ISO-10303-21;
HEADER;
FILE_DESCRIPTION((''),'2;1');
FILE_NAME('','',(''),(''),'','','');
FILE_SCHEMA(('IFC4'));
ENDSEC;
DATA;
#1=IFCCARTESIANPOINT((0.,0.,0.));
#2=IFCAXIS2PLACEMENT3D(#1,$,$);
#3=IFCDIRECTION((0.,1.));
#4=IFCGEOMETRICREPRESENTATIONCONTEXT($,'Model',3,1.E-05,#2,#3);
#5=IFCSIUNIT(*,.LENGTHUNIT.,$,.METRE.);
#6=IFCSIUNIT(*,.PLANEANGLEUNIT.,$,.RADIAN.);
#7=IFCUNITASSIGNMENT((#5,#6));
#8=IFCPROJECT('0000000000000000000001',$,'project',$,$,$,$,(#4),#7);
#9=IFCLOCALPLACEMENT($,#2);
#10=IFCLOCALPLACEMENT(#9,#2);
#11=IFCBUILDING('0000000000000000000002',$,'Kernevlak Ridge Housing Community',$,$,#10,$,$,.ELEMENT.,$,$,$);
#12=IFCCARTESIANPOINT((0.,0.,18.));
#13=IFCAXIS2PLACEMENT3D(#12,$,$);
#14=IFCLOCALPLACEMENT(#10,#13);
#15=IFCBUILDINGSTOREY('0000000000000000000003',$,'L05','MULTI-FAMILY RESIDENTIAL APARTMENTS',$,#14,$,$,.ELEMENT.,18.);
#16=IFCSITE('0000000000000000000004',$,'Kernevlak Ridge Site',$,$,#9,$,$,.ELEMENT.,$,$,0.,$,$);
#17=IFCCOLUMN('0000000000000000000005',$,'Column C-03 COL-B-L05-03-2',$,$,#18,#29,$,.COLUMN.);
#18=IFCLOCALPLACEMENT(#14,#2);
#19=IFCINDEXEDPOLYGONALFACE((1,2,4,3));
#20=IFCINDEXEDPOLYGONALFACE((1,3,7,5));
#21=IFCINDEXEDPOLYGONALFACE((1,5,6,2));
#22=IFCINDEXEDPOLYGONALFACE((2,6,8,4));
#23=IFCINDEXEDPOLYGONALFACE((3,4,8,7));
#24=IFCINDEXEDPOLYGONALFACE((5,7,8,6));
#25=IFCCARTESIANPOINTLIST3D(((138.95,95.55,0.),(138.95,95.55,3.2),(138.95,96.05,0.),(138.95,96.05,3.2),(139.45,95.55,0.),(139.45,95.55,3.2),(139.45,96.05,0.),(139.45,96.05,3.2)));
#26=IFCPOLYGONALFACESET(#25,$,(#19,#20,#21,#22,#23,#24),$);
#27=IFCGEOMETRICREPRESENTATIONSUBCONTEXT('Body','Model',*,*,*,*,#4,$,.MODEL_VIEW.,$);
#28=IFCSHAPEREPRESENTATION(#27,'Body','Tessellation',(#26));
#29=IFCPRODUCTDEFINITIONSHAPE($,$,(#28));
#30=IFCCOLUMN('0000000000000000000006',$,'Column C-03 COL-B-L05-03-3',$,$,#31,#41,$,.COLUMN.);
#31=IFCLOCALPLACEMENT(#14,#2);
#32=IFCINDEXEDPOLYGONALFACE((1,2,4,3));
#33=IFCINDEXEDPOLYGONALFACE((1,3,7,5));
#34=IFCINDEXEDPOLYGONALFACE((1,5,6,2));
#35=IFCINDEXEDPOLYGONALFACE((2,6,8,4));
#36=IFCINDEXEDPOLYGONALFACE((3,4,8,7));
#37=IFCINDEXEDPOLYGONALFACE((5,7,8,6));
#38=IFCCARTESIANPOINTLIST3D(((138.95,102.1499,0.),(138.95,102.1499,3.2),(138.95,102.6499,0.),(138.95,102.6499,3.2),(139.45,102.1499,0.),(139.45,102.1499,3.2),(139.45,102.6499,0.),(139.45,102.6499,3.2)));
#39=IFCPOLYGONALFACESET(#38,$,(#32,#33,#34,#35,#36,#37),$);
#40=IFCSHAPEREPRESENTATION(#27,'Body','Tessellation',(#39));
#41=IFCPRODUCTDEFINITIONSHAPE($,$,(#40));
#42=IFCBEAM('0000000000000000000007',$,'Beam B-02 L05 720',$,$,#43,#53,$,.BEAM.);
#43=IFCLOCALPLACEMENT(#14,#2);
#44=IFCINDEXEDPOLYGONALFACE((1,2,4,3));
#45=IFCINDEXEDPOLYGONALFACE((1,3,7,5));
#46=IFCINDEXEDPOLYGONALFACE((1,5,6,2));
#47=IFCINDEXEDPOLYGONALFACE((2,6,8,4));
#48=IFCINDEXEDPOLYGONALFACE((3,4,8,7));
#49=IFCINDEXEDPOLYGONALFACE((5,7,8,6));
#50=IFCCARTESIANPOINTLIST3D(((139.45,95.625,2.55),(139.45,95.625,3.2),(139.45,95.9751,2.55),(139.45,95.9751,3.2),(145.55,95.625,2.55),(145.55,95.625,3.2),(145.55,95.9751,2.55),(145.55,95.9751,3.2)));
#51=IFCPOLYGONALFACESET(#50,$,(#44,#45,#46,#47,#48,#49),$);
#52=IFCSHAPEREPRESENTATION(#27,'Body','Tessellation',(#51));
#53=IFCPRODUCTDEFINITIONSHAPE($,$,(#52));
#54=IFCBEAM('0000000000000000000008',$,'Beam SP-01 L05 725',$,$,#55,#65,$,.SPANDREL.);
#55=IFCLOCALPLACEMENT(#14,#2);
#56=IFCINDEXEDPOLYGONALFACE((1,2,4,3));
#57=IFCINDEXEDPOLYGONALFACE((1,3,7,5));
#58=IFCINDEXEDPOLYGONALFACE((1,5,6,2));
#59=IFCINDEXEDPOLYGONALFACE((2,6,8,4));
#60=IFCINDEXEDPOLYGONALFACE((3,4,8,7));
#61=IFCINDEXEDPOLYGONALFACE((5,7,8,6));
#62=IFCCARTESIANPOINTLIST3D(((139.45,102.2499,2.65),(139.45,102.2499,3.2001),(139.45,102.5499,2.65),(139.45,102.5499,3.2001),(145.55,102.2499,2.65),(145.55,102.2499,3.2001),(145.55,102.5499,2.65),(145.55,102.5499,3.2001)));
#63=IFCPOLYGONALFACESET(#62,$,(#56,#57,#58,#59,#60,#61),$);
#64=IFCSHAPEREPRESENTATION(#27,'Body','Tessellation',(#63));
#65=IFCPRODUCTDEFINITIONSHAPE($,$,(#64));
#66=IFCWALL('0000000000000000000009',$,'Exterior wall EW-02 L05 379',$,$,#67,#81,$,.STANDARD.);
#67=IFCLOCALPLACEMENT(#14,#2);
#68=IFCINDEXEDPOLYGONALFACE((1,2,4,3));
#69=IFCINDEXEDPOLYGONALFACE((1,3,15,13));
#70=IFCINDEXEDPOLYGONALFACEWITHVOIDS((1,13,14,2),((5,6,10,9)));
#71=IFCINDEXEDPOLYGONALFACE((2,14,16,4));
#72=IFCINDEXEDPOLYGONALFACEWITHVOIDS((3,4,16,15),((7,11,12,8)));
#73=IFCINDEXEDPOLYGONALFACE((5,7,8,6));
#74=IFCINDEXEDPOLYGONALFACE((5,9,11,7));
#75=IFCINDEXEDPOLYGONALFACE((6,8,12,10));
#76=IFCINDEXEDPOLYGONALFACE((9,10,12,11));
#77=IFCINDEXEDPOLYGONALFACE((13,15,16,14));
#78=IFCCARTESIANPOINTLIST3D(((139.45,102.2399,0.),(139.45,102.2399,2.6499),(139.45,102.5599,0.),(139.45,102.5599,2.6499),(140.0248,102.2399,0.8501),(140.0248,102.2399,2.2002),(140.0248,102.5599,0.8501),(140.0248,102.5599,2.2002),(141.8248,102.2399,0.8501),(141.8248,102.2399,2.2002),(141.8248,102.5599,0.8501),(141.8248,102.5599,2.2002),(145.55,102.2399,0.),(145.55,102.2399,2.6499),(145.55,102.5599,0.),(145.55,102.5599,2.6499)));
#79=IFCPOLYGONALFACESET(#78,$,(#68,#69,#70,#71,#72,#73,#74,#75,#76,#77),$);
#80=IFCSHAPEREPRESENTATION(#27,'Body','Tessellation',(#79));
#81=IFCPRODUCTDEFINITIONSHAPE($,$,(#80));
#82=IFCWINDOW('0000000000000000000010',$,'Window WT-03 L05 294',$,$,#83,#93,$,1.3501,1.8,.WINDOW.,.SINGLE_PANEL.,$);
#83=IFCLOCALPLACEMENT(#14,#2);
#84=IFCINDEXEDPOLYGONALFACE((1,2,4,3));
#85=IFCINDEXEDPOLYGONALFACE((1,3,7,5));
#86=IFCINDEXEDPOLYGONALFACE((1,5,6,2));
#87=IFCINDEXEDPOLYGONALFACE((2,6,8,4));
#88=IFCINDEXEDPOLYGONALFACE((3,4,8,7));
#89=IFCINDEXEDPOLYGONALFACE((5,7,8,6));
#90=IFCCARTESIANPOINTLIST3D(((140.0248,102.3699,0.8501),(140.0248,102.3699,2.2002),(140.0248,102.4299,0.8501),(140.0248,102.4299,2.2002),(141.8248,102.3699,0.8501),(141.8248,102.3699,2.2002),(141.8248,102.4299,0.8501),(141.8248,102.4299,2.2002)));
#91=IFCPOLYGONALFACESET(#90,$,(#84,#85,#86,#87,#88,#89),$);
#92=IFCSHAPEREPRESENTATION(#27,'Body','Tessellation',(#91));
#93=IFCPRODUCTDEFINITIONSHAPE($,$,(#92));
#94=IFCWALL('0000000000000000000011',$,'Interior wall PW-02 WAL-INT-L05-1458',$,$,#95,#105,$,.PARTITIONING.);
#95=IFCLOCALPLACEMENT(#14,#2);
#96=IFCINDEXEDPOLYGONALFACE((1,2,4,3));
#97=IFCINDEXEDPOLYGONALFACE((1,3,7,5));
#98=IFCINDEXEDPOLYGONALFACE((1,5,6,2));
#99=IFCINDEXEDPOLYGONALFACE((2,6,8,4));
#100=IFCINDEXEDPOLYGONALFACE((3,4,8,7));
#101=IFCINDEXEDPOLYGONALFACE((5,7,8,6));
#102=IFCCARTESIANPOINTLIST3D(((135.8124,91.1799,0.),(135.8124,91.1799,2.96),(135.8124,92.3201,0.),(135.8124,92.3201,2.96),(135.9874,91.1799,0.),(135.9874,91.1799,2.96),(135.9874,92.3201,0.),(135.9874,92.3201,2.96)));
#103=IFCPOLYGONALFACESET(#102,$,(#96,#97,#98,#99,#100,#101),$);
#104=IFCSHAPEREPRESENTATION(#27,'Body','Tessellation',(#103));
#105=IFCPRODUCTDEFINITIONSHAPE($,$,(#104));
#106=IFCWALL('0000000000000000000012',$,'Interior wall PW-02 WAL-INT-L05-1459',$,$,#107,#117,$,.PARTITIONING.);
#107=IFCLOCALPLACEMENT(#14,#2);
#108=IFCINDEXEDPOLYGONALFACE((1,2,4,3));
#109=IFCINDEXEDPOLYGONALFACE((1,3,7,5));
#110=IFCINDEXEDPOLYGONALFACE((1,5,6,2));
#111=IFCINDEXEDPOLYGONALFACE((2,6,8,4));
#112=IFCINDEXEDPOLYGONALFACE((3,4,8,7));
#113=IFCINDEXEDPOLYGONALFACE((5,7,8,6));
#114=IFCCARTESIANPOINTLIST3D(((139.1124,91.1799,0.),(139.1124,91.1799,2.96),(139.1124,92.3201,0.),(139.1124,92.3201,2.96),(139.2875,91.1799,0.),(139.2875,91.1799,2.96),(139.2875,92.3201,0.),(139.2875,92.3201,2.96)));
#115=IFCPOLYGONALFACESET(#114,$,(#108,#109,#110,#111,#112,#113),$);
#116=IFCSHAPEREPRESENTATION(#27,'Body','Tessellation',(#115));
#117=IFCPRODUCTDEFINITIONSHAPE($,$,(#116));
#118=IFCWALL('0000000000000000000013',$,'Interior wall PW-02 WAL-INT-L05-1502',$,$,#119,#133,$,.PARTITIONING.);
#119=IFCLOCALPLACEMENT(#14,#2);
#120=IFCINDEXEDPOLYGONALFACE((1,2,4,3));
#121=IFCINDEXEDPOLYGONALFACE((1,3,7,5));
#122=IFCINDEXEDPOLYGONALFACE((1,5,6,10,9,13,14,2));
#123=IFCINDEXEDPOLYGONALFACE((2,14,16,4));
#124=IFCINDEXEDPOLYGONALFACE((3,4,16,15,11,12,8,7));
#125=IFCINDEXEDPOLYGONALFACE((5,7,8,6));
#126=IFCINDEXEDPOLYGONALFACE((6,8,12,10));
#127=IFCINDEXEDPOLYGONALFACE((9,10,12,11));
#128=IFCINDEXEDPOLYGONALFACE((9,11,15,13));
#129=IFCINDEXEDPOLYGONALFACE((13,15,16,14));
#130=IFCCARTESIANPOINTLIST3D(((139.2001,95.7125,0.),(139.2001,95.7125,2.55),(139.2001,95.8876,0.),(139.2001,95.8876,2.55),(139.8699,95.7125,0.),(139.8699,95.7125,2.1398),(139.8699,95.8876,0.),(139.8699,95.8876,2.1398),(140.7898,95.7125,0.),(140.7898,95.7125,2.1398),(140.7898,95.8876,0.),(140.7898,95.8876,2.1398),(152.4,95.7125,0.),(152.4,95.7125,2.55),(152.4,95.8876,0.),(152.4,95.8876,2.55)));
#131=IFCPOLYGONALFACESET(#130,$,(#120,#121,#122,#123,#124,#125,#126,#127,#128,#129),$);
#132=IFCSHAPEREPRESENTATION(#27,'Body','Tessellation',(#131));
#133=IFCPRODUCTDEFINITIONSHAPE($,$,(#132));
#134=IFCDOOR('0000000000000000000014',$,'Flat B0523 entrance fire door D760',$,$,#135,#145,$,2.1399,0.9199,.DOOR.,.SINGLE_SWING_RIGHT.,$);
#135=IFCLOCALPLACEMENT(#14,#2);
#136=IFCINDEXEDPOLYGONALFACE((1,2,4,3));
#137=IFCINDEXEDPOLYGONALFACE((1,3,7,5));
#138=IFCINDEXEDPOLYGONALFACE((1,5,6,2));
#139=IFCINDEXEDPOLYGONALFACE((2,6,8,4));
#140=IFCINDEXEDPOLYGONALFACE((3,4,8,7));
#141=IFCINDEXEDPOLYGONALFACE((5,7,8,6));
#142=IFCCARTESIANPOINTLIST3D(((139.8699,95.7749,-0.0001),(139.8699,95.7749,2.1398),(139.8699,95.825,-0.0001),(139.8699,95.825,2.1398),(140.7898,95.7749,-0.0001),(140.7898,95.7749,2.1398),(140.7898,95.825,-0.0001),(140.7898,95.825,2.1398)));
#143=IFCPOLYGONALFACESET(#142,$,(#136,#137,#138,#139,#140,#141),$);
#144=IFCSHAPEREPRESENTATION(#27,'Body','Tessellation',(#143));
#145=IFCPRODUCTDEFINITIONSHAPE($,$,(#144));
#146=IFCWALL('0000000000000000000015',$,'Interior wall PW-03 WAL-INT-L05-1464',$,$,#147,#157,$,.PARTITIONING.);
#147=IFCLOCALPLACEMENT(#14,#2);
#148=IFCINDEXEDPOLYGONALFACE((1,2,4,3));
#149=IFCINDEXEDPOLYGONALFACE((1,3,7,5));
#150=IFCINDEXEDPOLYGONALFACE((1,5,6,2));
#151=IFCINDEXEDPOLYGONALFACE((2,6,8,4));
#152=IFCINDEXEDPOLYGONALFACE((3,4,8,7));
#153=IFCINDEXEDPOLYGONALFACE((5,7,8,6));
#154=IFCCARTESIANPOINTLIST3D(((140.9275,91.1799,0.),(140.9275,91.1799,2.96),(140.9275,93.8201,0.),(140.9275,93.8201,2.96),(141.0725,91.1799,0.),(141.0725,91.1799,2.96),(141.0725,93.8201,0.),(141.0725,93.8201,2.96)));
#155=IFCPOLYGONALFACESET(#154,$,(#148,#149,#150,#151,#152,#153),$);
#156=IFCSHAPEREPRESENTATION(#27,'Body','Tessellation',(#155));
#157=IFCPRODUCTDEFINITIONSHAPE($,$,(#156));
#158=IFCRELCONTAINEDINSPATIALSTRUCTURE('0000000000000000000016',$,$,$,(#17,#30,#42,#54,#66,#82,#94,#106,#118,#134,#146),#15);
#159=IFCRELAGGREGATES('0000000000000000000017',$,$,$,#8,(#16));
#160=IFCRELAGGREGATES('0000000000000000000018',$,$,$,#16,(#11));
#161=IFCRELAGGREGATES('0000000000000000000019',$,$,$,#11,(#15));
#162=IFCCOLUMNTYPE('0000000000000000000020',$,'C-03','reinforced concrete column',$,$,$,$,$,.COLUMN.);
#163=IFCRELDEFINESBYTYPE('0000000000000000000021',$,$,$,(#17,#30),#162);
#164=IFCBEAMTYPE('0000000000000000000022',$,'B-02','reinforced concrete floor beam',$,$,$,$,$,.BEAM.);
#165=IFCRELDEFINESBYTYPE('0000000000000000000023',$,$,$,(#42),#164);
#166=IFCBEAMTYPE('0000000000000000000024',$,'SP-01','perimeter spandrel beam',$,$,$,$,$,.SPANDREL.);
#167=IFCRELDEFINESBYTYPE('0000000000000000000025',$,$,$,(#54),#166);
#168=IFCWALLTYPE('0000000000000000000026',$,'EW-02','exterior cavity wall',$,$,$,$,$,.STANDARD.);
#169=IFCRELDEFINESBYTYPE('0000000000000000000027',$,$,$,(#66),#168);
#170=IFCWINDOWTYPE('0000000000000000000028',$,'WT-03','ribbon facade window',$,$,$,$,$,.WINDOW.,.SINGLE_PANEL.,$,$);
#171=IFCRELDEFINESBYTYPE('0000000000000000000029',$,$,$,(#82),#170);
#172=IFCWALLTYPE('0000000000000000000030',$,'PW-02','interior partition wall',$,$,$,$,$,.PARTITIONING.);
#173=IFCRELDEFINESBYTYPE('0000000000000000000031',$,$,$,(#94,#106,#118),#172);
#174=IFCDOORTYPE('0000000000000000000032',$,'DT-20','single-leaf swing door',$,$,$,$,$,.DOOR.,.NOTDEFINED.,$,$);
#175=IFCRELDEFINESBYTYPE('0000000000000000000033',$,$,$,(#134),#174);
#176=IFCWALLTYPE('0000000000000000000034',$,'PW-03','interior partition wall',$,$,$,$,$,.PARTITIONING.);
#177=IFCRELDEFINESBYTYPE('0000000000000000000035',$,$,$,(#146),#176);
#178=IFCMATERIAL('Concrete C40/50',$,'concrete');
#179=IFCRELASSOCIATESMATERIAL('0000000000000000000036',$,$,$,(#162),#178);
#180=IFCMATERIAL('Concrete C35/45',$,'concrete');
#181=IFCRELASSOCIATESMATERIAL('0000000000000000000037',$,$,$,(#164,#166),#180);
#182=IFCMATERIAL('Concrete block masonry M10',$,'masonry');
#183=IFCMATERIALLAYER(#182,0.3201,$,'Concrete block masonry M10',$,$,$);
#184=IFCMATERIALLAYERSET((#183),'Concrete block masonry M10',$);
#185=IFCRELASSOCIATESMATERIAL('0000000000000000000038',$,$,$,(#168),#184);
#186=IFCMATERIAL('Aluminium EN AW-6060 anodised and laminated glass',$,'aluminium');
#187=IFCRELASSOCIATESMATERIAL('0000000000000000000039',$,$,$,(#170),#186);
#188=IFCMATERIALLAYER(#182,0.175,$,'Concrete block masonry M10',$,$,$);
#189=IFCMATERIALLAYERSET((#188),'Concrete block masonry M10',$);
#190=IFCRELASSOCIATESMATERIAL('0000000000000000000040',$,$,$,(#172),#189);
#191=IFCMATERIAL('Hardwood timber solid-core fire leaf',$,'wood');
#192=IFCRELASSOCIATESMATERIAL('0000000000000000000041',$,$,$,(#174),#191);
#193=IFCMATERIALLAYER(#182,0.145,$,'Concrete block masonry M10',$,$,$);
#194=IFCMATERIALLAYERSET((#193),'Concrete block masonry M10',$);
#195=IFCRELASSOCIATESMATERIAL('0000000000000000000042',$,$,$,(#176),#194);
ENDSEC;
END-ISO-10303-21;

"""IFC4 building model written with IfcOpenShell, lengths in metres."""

from ifc_helpers import new_model, si_unit, direction, frame, frame_2d, origin, origin_2d, place, context, subcontext, project, spatial, rectangle, extrude, material, layer, layer_set, material_profile, profile_set, type_object, element, fill, save


model = new_model("IFC4")

# Units and contexts
model_context = context("Model", 3, precision=1e-05, world=origin(), true_north=direction((0.0, 1.0)))
body_context = subcontext(model_context, "Body", "Model", "MODEL_VIEW")
ifc_project = project(units=[si_unit("LENGTHUNIT", "METRE"), si_unit("PLANEANGLEUNIT", "RADIAN")], contexts=[model_context])

# Site, building, storey
site_placement = place(None, origin())
site = spatial("IfcSite", under=ifc_project, at=site_placement, Name="Kernevlak Ridge Site", CompositionType="ELEMENT", RefElevation=0.0)
building_placement = place(site_placement, origin())
building = spatial("IfcBuilding", under=site, at=building_placement, Name="Kernevlak Ridge Housing Community", CompositionType="ELEMENT")
storey_placement = place(building_placement, frame((0.0, 0.0, 18.0)))
storey = spatial("IfcBuildingStorey", under=building, at=storey_placement, Name="L05", Description="MULTI-FAMILY RESIDENTIAL APARTMENTS", CompositionType="ELEMENT", Elevation=18.0)

# Columns
ifc_material_1 = material(Name="Concrete C40/50", Category="concrete")
ifc_material_profile_1 = material_profile(ifc_material_1, rectangle(XDim=0.5, YDim=0.5, at=origin_2d()), Name="RC 500x500")
ifc_profile_set_1 = profile_set([ifc_material_profile_1], Name="Concrete C40/50")
column_type = type_object("IfcColumnType", Name="C-03", Description="reinforced concrete column", PredefinedType="COLUMN", material=ifc_profile_set_1)
for number, where, z_axis, x_axis, name in (
    (1, (139.2, 95.8, 0.0), (0.0, 0.0, 1.0), (1.0, 0.0, 0.0), "Column C-03 COL-B-L05-03-2"),
    (2, (139.2, 102.3999, 0.0), (0.0, 0.0, 1.0), (1.0, 0.0, 0.0), "Column C-03 COL-B-L05-03-3"),
):
    element("IfcColumn", number, at=place(storey_placement, frame(where, z_axis=z_axis, x_axis=x_axis)), inside=storey, type_object=column_type, Name=name, PredefinedType="COLUMN", context=body_context, shape_type="SweptSolid", body=[
        extrude(rectangle(XDim=0.5, YDim=0.5, at=origin_2d()), origin(), (0.0, 0.0, 1.0), 3.2),
    ])

# Beams
ifc_material_2 = material(Name="Concrete C35/45", Category="concrete")
ifc_material_profile_2 = material_profile(ifc_material_2, rectangle(XDim=0.3501, YDim=0.6499, at=origin_2d()), Name="RC 350x650")
ifc_profile_set_2 = profile_set([ifc_material_profile_2], Name="Concrete C35/45")
beam_type_1 = type_object("IfcBeamType", Name="B-02", Description="reinforced concrete floor beam", PredefinedType="BEAM", material=ifc_profile_set_2)
beam_1_placement = place(storey_placement, frame((139.45, 95.8, 2.875), z_axis=(1.0, 0.0, 0.0), x_axis=(0.0, 1.0, 0.0)))
element("IfcBeam", 3, at=beam_1_placement, inside=storey, type_object=beam_type_1, Name="Beam B-02 L05 720", PredefinedType="BEAM", context=body_context, shape_type="SweptSolid", body=[
    extrude(rectangle(XDim=0.3501, YDim=0.6499, at=origin_2d()), origin(), (0.0, 0.0, 1.0), 6.1001),
])
ifc_material_profile_3 = material_profile(ifc_material_2, rectangle(XDim=0.3, YDim=0.55, at=origin_2d()), Name="RC 300x550")
ifc_profile_set_3 = profile_set([ifc_material_profile_3], Name="Concrete C35/45")
beam_type_2 = type_object("IfcBeamType", Name="SP-01", Description="perimeter spandrel beam", PredefinedType="SPANDREL", material=ifc_profile_set_3)
beam_2_placement = place(storey_placement, frame((139.45, 102.3999, 2.925), z_axis=(1.0, 0.0, 0.0), x_axis=(0.0, 1.0, 0.0)))
element("IfcBeam", 4, at=beam_2_placement, inside=storey, type_object=beam_type_2, Name="Beam SP-01 L05 725", PredefinedType="SPANDREL", context=body_context, shape_type="SweptSolid", body=[
    extrude(rectangle(XDim=0.3, YDim=0.55, at=origin_2d()), origin(), (0.0, 0.0, 1.0), 6.1001),
])

# Wall, opening, window
ifc_material_3 = material(Name="Concrete block masonry M10", Category="masonry")
ifc_layer_1 = layer(ifc_material_3, 0.3201, Name="Concrete block masonry M10")
ifc_layer_set_1 = layer_set([ifc_layer_1], Name="Concrete block masonry M10")
wall_type_1 = type_object("IfcWallType", Name="EW-02", Description="exterior cavity wall", PredefinedType="STANDARD", material=ifc_layer_set_1)
wall_1_placement = place(storey_placement, frame((139.45, 102.3999, 0.0), z_axis=(0.0, 0.0, 1.0), x_axis=(1.0, 0.0, 0.0)))
wall_1 = element("IfcWall", 5, at=wall_1_placement, inside=storey, type_object=wall_type_1, Name="Exterior wall EW-02 L05 379", PredefinedType="STANDARD", context=body_context, shape_type="SweptSolid", body=[
    extrude(rectangle(XDim=6.1001, YDim=0.3201, at=frame_2d((3.05, 0.0))), origin(), (0.0, 0.0, 1.0), 2.6499),
])
opening_1_placement = place(wall_1_placement, frame((0.575, 0.0, 0.8501)))
opening_1 = element("IfcOpeningElement", 6, at=opening_1_placement, cuts=wall_1, PredefinedType="OPENING", context=body_context, shape_type="SweptSolid", body=[
    extrude(rectangle(XDim=1.8, YDim=1.3501, at=frame_2d((0.8999, 0.675))), frame((0.0, 0.1699, 0.0), z_axis=(0.0, -1.0, 0.0), x_axis=(1.0, 0.0, 0.0)), (0.0, 0.0, 1.0), 0.3401),
])
ifc_material_4 = material(Name="Aluminium EN AW-6060 anodised and laminated glass", Category="aluminium")
window_type = type_object("IfcWindowType", Name="WT-03", Description="ribbon facade window", PartitioningType="SINGLE_PANEL", PredefinedType="WINDOW", material=ifc_material_4)
window_placement = place(opening_1_placement, origin())
window = element("IfcWindow", 7, at=window_placement, inside=storey, type_object=window_type, Name="Window WT-03 L05 294", OverallHeight=1.3501, OverallWidth=1.8, PartitioningType="SINGLE_PANEL", PredefinedType="WINDOW", context=body_context, shape_type="SweptSolid", body=[
    extrude(rectangle(XDim=1.8, YDim=1.3501, at=frame_2d((0.8999, 0.675))), frame((0.0, 0.03, 0.0), z_axis=(0.0, -1.0, 0.0), x_axis=(1.0, 0.0, 0.0)), (0.0, 0.0, 1.0), 0.0601),
])
fill(opening_1, window)

# Walls
ifc_layer_2 = layer(ifc_material_3, 0.175, Name="Concrete block masonry M10")
ifc_layer_set_2 = layer_set([ifc_layer_2], Name="Concrete block masonry M10")
wall_type_2 = type_object("IfcWallType", Name="PW-02", Description="interior partition wall", PredefinedType="PARTITIONING", material=ifc_layer_set_2)
for number, where, z_axis, x_axis, name in (
    (8, (135.8999, 91.1799, 0.0), (0.0, 0.0, 1.0), (0.0, 1.0, 0.0), "Interior wall PW-02 WAL-INT-L05-1458"),
    (9, (139.2, 91.1799, 0.0), (0.0, 0.0, 1.0), (0.0, 1.0, 0.0), "Interior wall PW-02 WAL-INT-L05-1459"),
):
    element("IfcWall", number, at=place(storey_placement, frame(where, z_axis=z_axis, x_axis=x_axis)), inside=storey, type_object=wall_type_2, Name=name, PredefinedType="PARTITIONING", context=body_context, shape_type="SweptSolid", body=[
        extrude(rectangle(XDim=1.1401, YDim=0.175, at=frame_2d((0.5701, 0.0))), origin(), (0.0, 0.0, 1.0), 2.96),
    ])

# Wall, opening, door
wall_2_placement = place(storey_placement, frame((139.2, 95.8, 0.0), z_axis=(0.0, 0.0, 1.0), x_axis=(1.0, 0.0, 0.0)))
wall_2 = element("IfcWall", 10, at=wall_2_placement, inside=storey, type_object=wall_type_2, Name="Interior wall PW-02 WAL-INT-L05-1502", PredefinedType="PARTITIONING", context=body_context, shape_type="SweptSolid", body=[
    extrude(rectangle(XDim=13.2, YDim=0.175, at=frame_2d((6.6001, 0.0))), origin(), (0.0, 0.0, 1.0), 2.55),
])
opening_2_placement = place(wall_2_placement, frame((0.6699, 0.0, 0.0)))
opening_2 = element("IfcOpeningElement", 11, at=opening_2_placement, cuts=wall_2, PredefinedType="OPENING", context=body_context, shape_type="SweptSolid", body=[
    extrude(rectangle(XDim=0.9199, YDim=2.1399, at=frame_2d((0.46, 1.0698))), frame((0.0, 0.0974, 0.0), z_axis=(0.0, -1.0, 0.0), x_axis=(1.0, 0.0, 0.0)), (0.0, 0.0, 1.0), 0.1951),
])
ifc_material_5 = material(Name="Hardwood timber solid-core fire leaf", Category="wood")
door_type_1 = type_object("IfcDoorType", Name="DT-20", Description="single-leaf swing door", OperationType="NOTDEFINED", PredefinedType="DOOR", material=ifc_material_5)
door_1_placement = place(opening_2_placement, origin())
door_1 = element("IfcDoor", 12, at=door_1_placement, inside=storey, type_object=door_type_1, Name="Flat B0523 entrance fire door D760", OperationType="SINGLE_SWING_RIGHT", OverallHeight=2.1399, OverallWidth=0.9199, PredefinedType="DOOR", context=body_context, shape_type="SweptSolid", body=[
    extrude(rectangle(XDim=0.9199, YDim=2.1399, at=frame_2d((0.46, 1.0698))), frame((0.0, 0.0249, 0.0), z_axis=(0.0, -1.0, 0.0), x_axis=(1.0, 0.0, 0.0)), (0.0, 0.0, 1.0), 0.05),
])
fill(opening_2, door_1)

# Wall
ifc_layer_3 = layer(ifc_material_3, 0.145, Name="Concrete block masonry M10")
ifc_layer_set_3 = layer_set([ifc_layer_3], Name="Concrete block masonry M10")
wall_type_3 = type_object("IfcWallType", Name="PW-03", Description="interior partition wall", PredefinedType="PARTITIONING", material=ifc_layer_set_3)
wall_3_placement = place(storey_placement, frame((141.0, 91.1799, 0.0), z_axis=(0.0, 0.0, 1.0), x_axis=(0.0, 1.0, 0.0)))
element("IfcWall", 13, at=wall_3_placement, inside=storey, type_object=wall_type_3, Name="Interior wall PW-03 WAL-INT-L05-1464", PredefinedType="PARTITIONING", context=body_context, shape_type="SweptSolid", body=[
    extrude(rectangle(XDim=2.6401, YDim=0.145, at=frame_2d((1.3201, 0.0))), origin(), (0.0, 0.0, 1.0), 2.96),
])

save(model, "model.ifc")
